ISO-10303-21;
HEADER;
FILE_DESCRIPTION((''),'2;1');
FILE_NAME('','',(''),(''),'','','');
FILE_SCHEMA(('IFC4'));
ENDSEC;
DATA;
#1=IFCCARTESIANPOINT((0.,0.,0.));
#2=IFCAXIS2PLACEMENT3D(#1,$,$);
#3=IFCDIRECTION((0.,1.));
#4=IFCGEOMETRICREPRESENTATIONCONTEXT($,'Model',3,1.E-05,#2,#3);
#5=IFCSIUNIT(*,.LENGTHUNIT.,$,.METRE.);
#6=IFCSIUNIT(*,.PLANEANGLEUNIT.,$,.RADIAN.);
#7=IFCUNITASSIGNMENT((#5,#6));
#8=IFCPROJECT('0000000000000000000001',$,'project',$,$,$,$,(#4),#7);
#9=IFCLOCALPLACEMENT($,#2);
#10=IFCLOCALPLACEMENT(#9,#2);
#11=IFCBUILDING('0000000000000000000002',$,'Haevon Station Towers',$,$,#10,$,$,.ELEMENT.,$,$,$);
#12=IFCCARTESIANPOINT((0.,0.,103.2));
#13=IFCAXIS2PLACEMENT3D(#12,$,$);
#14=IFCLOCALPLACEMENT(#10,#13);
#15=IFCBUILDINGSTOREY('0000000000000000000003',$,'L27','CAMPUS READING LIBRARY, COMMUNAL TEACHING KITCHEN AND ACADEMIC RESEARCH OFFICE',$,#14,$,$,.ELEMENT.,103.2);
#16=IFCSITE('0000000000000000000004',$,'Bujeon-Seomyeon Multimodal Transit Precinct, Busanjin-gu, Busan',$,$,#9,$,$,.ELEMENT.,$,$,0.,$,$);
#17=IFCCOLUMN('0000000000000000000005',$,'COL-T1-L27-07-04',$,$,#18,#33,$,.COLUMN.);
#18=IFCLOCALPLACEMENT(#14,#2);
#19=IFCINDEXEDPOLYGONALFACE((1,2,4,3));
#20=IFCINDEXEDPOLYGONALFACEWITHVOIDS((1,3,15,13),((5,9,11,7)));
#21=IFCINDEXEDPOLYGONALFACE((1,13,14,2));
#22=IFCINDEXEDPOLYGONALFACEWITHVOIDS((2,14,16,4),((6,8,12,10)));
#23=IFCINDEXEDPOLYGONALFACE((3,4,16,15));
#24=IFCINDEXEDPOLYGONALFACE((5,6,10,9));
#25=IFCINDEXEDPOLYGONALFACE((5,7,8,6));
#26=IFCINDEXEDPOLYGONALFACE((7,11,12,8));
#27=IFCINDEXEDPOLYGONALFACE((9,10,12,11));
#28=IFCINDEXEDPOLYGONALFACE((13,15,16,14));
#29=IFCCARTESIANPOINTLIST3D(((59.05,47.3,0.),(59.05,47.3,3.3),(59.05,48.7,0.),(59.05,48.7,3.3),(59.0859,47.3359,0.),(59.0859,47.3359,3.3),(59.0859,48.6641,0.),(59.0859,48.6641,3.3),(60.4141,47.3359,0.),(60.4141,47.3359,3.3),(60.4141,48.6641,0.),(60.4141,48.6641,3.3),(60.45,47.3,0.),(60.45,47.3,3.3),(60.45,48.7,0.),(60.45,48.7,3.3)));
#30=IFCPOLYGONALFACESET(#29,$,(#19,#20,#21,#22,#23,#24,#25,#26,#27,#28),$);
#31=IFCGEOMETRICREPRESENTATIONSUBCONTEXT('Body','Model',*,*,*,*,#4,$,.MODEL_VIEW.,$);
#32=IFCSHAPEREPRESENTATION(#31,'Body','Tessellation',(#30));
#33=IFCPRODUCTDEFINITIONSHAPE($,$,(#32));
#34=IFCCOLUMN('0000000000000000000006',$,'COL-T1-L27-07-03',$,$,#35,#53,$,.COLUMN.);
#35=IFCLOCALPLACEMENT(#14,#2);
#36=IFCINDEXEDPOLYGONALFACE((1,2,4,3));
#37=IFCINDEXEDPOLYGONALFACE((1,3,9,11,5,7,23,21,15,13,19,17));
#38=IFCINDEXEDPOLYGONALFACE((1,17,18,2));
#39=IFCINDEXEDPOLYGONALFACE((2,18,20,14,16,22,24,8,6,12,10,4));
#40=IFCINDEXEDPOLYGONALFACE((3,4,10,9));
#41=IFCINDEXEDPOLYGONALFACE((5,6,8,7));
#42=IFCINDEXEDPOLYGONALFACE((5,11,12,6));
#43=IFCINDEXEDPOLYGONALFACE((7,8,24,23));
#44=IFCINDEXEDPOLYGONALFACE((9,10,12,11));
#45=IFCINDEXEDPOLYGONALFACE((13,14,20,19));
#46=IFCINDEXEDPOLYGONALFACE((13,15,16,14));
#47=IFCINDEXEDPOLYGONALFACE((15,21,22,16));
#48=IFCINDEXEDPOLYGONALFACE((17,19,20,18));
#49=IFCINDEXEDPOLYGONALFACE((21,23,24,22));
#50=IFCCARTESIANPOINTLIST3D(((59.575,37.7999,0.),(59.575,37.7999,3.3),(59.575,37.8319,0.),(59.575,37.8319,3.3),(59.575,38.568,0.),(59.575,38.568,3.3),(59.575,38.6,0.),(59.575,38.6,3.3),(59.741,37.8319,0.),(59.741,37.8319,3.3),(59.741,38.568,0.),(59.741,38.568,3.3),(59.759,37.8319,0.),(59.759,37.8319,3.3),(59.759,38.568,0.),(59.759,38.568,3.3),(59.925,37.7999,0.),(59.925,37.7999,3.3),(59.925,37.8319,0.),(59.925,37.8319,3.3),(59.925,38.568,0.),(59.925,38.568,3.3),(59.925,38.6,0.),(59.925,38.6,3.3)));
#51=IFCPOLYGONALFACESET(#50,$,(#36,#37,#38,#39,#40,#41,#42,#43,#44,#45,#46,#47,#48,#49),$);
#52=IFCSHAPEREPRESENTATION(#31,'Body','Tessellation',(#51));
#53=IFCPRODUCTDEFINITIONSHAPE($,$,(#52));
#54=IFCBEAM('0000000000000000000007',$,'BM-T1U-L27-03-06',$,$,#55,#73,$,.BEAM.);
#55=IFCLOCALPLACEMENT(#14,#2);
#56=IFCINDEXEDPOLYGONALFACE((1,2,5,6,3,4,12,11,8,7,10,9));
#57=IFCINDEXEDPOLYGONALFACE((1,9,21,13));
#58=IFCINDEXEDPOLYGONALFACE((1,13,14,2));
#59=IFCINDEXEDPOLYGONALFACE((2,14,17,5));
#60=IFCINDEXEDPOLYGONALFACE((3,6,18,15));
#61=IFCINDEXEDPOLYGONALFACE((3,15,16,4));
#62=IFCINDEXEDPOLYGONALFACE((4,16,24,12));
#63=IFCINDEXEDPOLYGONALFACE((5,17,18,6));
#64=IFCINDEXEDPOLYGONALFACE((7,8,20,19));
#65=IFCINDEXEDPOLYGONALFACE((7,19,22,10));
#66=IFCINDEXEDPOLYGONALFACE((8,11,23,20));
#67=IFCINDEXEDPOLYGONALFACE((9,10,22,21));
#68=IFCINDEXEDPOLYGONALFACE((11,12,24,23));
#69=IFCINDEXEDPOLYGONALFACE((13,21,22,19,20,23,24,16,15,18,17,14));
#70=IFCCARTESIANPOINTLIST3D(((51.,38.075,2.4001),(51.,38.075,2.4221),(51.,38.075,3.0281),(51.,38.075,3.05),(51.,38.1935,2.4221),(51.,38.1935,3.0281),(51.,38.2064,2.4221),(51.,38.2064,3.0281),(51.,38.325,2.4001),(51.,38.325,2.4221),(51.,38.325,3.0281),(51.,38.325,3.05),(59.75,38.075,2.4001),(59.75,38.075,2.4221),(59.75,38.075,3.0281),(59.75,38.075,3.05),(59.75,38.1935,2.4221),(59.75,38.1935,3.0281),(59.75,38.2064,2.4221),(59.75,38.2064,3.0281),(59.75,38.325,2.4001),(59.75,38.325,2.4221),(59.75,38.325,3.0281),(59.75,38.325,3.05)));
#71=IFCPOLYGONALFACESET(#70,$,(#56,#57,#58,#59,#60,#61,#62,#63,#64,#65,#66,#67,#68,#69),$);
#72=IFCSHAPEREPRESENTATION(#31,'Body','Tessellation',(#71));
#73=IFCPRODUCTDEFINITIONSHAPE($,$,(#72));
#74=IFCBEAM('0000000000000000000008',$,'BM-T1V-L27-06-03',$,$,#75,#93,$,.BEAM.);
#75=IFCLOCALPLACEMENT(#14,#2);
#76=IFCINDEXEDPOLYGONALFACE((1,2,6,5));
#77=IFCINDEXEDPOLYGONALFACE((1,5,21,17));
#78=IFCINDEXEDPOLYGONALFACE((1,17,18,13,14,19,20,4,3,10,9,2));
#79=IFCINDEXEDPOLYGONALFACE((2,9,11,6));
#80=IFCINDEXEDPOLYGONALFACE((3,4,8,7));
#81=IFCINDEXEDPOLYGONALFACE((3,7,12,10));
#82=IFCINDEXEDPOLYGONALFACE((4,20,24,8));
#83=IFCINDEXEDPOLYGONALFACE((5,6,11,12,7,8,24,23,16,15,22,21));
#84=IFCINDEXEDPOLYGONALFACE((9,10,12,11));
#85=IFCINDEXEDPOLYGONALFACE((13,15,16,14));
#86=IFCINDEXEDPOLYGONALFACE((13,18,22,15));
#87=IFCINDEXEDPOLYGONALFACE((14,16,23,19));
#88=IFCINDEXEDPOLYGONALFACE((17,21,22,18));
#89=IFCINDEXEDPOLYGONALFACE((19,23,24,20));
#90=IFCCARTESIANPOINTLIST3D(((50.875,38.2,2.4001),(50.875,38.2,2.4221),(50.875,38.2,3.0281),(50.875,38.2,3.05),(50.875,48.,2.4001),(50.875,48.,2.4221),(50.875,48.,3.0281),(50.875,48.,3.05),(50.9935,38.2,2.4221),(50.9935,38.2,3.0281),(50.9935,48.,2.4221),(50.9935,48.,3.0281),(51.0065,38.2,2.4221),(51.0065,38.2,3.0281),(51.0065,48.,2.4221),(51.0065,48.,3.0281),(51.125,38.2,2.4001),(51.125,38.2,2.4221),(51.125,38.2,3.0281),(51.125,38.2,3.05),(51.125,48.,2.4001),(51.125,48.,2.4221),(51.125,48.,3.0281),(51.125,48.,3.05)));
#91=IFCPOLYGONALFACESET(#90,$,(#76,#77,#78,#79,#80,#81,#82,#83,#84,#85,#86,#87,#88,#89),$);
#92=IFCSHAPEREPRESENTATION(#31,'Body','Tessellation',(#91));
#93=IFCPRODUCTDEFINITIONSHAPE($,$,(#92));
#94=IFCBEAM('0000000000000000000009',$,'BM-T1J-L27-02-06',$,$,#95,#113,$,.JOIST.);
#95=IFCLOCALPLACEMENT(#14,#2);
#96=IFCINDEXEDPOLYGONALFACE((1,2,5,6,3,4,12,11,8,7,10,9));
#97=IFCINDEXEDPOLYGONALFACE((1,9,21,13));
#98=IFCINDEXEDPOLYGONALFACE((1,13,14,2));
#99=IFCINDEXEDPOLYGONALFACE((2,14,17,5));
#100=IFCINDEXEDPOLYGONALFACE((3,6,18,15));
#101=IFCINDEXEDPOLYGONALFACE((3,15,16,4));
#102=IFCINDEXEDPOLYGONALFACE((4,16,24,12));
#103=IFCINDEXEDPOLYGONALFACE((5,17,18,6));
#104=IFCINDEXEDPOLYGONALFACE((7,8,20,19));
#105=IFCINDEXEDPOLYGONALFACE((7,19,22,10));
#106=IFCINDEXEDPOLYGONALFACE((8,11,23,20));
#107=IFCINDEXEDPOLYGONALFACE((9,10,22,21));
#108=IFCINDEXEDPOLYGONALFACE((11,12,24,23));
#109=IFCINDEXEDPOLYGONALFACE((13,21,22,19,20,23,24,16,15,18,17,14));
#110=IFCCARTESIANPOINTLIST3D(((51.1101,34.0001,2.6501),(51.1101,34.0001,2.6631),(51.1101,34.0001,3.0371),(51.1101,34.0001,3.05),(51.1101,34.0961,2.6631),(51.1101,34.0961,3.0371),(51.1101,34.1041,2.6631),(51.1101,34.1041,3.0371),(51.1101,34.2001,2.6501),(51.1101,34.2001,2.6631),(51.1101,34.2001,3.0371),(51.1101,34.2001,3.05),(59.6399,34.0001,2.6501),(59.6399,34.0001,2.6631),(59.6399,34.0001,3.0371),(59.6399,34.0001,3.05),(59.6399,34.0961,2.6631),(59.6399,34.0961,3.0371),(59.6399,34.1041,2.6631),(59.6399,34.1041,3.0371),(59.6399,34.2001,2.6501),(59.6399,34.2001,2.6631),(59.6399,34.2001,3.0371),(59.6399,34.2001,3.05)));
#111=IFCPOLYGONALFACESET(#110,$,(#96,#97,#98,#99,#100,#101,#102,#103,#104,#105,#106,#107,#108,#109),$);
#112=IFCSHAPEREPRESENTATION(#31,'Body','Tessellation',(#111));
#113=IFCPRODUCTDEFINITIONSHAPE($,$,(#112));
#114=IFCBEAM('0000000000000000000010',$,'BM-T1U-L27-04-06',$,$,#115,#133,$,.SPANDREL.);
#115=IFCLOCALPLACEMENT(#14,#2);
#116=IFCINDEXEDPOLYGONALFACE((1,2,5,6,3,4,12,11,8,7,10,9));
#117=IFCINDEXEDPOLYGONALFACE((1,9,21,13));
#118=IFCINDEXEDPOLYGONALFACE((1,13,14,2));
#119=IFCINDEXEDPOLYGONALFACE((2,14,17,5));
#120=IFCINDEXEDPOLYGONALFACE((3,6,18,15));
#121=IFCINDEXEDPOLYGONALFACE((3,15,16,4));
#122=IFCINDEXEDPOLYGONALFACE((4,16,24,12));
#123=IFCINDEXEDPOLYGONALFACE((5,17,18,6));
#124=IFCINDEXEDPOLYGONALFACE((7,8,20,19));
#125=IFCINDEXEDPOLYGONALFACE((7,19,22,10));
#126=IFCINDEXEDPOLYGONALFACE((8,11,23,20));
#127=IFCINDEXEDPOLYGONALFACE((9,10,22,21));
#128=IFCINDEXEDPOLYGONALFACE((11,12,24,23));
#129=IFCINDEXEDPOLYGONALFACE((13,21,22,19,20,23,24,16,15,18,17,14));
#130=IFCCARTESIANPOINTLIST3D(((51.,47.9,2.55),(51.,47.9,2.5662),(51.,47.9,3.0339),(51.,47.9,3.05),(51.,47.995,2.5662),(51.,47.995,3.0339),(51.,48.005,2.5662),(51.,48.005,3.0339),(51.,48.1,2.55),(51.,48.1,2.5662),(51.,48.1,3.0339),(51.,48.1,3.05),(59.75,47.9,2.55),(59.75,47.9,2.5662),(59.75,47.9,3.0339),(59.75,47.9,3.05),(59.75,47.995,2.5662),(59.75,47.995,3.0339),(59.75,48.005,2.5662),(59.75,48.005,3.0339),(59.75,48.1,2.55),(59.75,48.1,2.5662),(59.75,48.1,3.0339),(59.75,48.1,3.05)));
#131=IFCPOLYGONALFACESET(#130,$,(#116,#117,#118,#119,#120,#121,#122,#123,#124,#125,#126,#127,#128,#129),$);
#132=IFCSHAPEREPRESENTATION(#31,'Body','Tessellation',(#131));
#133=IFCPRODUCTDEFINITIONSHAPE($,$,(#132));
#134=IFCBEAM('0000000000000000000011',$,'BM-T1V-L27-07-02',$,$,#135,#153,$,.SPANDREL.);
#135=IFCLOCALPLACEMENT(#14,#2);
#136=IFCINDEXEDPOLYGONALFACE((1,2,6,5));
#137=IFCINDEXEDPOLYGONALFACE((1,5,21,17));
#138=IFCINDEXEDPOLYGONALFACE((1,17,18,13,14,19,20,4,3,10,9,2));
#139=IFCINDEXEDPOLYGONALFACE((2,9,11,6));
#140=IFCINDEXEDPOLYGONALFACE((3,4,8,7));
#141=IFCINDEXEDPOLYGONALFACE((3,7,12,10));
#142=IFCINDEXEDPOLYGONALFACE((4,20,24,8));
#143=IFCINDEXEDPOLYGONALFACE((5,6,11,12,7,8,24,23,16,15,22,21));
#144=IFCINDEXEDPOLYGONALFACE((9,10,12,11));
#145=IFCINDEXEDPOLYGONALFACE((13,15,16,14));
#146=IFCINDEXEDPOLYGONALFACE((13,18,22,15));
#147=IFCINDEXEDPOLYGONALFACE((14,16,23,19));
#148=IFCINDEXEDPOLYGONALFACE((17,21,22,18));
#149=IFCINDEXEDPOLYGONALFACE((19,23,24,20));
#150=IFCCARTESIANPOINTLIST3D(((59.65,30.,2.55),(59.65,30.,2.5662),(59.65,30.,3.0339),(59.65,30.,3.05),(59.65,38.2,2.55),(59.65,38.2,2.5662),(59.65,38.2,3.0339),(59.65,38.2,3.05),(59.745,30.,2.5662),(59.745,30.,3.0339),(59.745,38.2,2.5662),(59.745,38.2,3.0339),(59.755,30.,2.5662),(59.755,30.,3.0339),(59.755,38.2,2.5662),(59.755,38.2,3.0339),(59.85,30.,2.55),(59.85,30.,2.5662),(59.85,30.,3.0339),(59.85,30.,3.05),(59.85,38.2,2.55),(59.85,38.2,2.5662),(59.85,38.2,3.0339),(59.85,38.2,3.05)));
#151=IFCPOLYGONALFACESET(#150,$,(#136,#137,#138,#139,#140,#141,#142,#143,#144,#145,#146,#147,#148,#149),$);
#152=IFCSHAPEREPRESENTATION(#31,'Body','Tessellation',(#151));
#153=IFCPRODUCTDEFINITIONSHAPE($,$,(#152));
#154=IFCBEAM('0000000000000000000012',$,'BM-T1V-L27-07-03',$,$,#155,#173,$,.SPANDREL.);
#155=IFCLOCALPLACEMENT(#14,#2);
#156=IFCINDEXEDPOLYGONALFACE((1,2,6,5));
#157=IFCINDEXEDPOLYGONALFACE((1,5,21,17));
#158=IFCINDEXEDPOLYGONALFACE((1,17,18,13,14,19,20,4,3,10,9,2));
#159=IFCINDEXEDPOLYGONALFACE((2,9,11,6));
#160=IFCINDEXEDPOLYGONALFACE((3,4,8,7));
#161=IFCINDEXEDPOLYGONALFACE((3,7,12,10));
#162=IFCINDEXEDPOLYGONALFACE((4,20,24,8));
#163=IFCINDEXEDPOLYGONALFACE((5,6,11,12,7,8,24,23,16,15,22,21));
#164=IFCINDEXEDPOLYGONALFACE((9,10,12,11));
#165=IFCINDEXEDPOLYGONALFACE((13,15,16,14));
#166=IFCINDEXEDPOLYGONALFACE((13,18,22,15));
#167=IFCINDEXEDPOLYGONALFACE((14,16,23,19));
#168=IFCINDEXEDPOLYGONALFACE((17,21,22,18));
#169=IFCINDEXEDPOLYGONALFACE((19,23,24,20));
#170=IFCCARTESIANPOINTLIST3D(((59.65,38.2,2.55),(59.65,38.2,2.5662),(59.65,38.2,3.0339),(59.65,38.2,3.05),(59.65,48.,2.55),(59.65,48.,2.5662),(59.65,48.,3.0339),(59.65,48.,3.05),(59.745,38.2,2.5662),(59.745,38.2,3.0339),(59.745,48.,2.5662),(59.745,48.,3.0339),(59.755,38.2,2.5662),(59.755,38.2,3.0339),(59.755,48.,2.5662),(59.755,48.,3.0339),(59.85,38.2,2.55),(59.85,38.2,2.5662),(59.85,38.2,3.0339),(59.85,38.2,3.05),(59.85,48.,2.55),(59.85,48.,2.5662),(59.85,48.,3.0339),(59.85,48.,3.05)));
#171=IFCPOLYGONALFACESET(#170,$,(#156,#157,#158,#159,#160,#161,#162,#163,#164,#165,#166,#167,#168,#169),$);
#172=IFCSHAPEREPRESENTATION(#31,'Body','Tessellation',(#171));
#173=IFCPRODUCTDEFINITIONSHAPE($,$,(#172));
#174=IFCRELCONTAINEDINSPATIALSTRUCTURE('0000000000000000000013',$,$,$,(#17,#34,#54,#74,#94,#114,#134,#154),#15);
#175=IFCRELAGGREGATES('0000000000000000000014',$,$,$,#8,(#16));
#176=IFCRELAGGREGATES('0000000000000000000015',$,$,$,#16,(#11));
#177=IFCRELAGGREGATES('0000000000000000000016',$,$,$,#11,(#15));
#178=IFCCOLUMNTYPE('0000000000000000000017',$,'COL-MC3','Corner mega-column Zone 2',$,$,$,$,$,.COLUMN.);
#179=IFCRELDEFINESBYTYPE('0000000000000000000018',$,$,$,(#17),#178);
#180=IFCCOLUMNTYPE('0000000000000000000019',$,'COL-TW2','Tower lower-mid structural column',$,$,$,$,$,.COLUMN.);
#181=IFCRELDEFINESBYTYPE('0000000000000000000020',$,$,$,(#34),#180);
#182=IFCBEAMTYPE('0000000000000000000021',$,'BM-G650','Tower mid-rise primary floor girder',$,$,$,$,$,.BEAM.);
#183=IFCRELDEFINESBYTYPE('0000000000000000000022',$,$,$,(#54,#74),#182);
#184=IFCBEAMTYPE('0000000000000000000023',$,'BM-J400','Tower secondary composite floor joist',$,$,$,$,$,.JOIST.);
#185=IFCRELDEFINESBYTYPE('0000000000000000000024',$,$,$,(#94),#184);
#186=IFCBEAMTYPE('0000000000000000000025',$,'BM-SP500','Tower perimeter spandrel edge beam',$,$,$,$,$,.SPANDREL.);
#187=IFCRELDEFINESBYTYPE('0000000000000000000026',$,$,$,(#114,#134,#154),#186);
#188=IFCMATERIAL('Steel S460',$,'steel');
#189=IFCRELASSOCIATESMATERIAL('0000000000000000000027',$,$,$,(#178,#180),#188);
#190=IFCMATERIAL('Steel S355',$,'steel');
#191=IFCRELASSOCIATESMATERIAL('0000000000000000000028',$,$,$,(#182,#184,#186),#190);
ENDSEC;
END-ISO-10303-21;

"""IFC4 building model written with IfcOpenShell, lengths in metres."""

from ifc_helpers import new_model, si_unit, direction, frame, origin, origin_2d, place, context, subcontext, project, spatial, hollow_rectangle, i_section, extrude, material, material_profile, profile_set, type_object, element, save


model = new_model("IFC4")

# Units and contexts
model_context = context("Model", 3, precision=1e-05, world=origin(), true_north=direction((0.0, 1.0)))
body_context = subcontext(model_context, "Body", "Model", "MODEL_VIEW")
ifc_project = project(units=[si_unit("LENGTHUNIT", "METRE"), si_unit("PLANEANGLEUNIT", "RADIAN")], contexts=[model_context])

# Site, building, storey
site_placement = place(None, origin())
site = spatial("IfcSite", under=ifc_project, at=site_placement, Name="Bujeon-Seomyeon Multimodal Transit Precinct, Busanjin-gu, Busan", CompositionType="ELEMENT", RefElevation=0.0)
building_placement = place(site_placement, origin())
building = spatial("IfcBuilding", under=site, at=building_placement, Name="Haevon Station Towers", CompositionType="ELEMENT")
storey_placement = place(building_placement, frame((0.0, 0.0, 103.2)))
storey = spatial("IfcBuildingStorey", under=building, at=storey_placement, Name="L27", Description="CAMPUS READING LIBRARY, COMMUNAL TEACHING KITCHEN AND ACADEMIC RESEARCH OFFICE", CompositionType="ELEMENT", Elevation=103.2)

# Columns
ifc_material_1 = material(Name="Steel S460", Category="steel")
ifc_material_profile_1 = material_profile(ifc_material_1, hollow_rectangle(XDim=1.3999, YDim=1.3999, WallThickness=0.0359, at=origin_2d()), Name="BOX-1400x1400x36")
ifc_profile_set_1 = profile_set([ifc_material_profile_1], Name="Steel S460")
column_type_1 = type_object("IfcColumnType", Name="COL-MC3", Description="Corner mega-column Zone 2", PredefinedType="COLUMN", material=ifc_profile_set_1)
column_1_placement = place(storey_placement, frame((59.75, 48.0, 0.0), z_axis=(0.0, 0.0, 1.0), x_axis=(1.0, 0.0, 0.0)))
element("IfcColumn", 1, at=column_1_placement, inside=storey, type_object=column_type_1, Name="COL-T1-L27-07-04", PredefinedType="COLUMN", context=body_context, shape_type="SweptSolid", body=[
    extrude(hollow_rectangle(XDim=1.3999, YDim=1.3999, WallThickness=0.0359, at=origin_2d()), origin(), (0.0, 0.0, 1.0), 3.3),
])
ifc_material_profile_2 = material_profile(ifc_material_1, i_section(OverallWidth=0.3501, OverallDepth=0.8, WebThickness=0.0181, FlangeThickness=0.032, at=origin_2d()), Name="H-800x350x18x32")
ifc_profile_set_2 = profile_set([ifc_material_profile_2], Name="Steel S460")
column_type_2 = type_object("IfcColumnType", Name="COL-TW2", Description="Tower lower-mid structural column", PredefinedType="COLUMN", material=ifc_profile_set_2)
column_2_placement = place(storey_placement, frame((59.75, 38.2, 0.0), z_axis=(0.0, 0.0, 1.0), x_axis=(1.0, 0.0, 0.0)))
element("IfcColumn", 2, at=column_2_placement, inside=storey, type_object=column_type_2, Name="COL-T1-L27-07-03", PredefinedType="COLUMN", context=body_context, shape_type="SweptSolid", body=[
    extrude(i_section(OverallWidth=0.3501, OverallDepth=0.8, WebThickness=0.0181, FlangeThickness=0.032, at=origin_2d()), origin(), (0.0, 0.0, 1.0), 3.3),
])

# Beams
ifc_material_2 = material(Name="Steel S355", Category="steel")
ifc_material_profile_3 = material_profile(ifc_material_2, i_section(OverallWidth=0.25, OverallDepth=0.6499, WebThickness=0.0129, FlangeThickness=0.022, at=origin_2d()), Name="H-650x250x13x22")
ifc_profile_set_3 = profile_set([ifc_material_profile_3], Name="Steel S355")
beam_type_1 = type_object("IfcBeamType", Name="BM-G650", Description="Tower mid-rise primary floor girder", PredefinedType="BEAM", material=ifc_profile_set_3)
beam_1_placement = place(storey_placement, frame((51.0, 38.2, 2.7251), z_axis=(1.0, 0.0, 0.0), x_axis=(0.0, 1.0, 0.0)))
element("IfcBeam", 3, at=beam_1_placement, inside=storey, type_object=beam_type_1, Name="BM-T1U-L27-03-06", PredefinedType="BEAM", context=body_context, shape_type="SweptSolid", body=[
    extrude(i_section(OverallWidth=0.25, OverallDepth=0.6499, WebThickness=0.0129, FlangeThickness=0.022, at=origin_2d()), origin(), (0.0, 0.0, 1.0), 8.75),
])
beam_2_placement = place(storey_placement, frame((51.0, 38.2, 2.7251), z_axis=(0.0, 1.0, 0.0), x_axis=(-1.0, 0.0, 0.0)))
element("IfcBeam", 4, at=beam_2_placement, inside=storey, type_object=beam_type_1, Name="BM-T1V-L27-06-03", PredefinedType="BEAM", context=body_context, shape_type="SweptSolid", body=[
    extrude(i_section(OverallWidth=0.25, OverallDepth=0.6499, WebThickness=0.0129, FlangeThickness=0.022, at=origin_2d()), origin(), (0.0, 0.0, 1.0), 9.8),
])
ifc_material_profile_4 = material_profile(ifc_material_2, i_section(OverallWidth=0.2, OverallDepth=0.3999, WebThickness=0.0081, FlangeThickness=0.0129, at=origin_2d()), Name="H-400x200x8x13")
ifc_profile_set_4 = profile_set([ifc_material_profile_4], Name="Steel S355")
beam_type_2 = type_object("IfcBeamType", Name="BM-J400", Description="Tower secondary composite floor joist", PredefinedType="JOIST", material=ifc_profile_set_4)
beam_3_placement = place(storey_placement, frame((51.1101, 34.1001, 2.8501), z_axis=(1.0, 0.0, 0.0), x_axis=(0.0, 1.0, 0.0)))
element("IfcBeam", 5, at=beam_3_placement, inside=storey, type_object=beam_type_2, Name="BM-T1J-L27-02-06", PredefinedType="JOIST", context=body_context, shape_type="SweptSolid", body=[
    extrude(i_section(OverallWidth=0.2, OverallDepth=0.3999, WebThickness=0.0081, FlangeThickness=0.0129, at=origin_2d()), origin(), (0.0, 0.0, 1.0), 8.5298),
])
ifc_material_profile_5 = material_profile(ifc_material_2, i_section(OverallWidth=0.2, OverallDepth=0.5, WebThickness=0.01, FlangeThickness=0.0161, at=origin_2d()), Name="H-500x200x10x16")
ifc_profile_set_5 = profile_set([ifc_material_profile_5], Name="Steel S355")
beam_type_3 = type_object("IfcBeamType", Name="BM-SP500", Description="Tower perimeter spandrel edge beam", PredefinedType="SPANDREL", material=ifc_profile_set_5)
beam_4_placement = place(storey_placement, frame((51.0, 48.0, 2.8), z_axis=(1.0, 0.0, 0.0), x_axis=(0.0, 1.0, 0.0)))
element("IfcBeam", 6, at=beam_4_placement, inside=storey, type_object=beam_type_3, Name="BM-T1U-L27-04-06", PredefinedType="SPANDREL", context=body_context, shape_type="SweptSolid", body=[
    extrude(i_section(OverallWidth=0.2, OverallDepth=0.5, WebThickness=0.01, FlangeThickness=0.0161, at=origin_2d()), origin(), (0.0, 0.0, 1.0), 8.75),
])
beam_5_placement = place(storey_placement, frame((59.75, 30.0, 2.8), z_axis=(0.0, 1.0, 0.0), x_axis=(-1.0, 0.0, 0.0)))
element("IfcBeam", 7, at=beam_5_placement, inside=storey, type_object=beam_type_3, Name="BM-T1V-L27-07-02", PredefinedType="SPANDREL", context=body_context, shape_type="SweptSolid", body=[
    extrude(i_section(OverallWidth=0.2, OverallDepth=0.5, WebThickness=0.01, FlangeThickness=0.0161, at=origin_2d()), origin(), (0.0, 0.0, 1.0), 8.2),
])
beam_6_placement = place(storey_placement, frame((59.75, 38.2, 2.8), z_axis=(0.0, 1.0, 0.0), x_axis=(-1.0, 0.0, 0.0)))
element("IfcBeam", 8, at=beam_6_placement, inside=storey, type_object=beam_type_3, Name="BM-T1V-L27-07-03", PredefinedType="SPANDREL", context=body_context, shape_type="SweptSolid", body=[
    extrude(i_section(OverallWidth=0.2, OverallDepth=0.5, WebThickness=0.01, FlangeThickness=0.0161, at=origin_2d()), origin(), (0.0, 0.0, 1.0), 9.8),
])

save(model, "model.ifc")
